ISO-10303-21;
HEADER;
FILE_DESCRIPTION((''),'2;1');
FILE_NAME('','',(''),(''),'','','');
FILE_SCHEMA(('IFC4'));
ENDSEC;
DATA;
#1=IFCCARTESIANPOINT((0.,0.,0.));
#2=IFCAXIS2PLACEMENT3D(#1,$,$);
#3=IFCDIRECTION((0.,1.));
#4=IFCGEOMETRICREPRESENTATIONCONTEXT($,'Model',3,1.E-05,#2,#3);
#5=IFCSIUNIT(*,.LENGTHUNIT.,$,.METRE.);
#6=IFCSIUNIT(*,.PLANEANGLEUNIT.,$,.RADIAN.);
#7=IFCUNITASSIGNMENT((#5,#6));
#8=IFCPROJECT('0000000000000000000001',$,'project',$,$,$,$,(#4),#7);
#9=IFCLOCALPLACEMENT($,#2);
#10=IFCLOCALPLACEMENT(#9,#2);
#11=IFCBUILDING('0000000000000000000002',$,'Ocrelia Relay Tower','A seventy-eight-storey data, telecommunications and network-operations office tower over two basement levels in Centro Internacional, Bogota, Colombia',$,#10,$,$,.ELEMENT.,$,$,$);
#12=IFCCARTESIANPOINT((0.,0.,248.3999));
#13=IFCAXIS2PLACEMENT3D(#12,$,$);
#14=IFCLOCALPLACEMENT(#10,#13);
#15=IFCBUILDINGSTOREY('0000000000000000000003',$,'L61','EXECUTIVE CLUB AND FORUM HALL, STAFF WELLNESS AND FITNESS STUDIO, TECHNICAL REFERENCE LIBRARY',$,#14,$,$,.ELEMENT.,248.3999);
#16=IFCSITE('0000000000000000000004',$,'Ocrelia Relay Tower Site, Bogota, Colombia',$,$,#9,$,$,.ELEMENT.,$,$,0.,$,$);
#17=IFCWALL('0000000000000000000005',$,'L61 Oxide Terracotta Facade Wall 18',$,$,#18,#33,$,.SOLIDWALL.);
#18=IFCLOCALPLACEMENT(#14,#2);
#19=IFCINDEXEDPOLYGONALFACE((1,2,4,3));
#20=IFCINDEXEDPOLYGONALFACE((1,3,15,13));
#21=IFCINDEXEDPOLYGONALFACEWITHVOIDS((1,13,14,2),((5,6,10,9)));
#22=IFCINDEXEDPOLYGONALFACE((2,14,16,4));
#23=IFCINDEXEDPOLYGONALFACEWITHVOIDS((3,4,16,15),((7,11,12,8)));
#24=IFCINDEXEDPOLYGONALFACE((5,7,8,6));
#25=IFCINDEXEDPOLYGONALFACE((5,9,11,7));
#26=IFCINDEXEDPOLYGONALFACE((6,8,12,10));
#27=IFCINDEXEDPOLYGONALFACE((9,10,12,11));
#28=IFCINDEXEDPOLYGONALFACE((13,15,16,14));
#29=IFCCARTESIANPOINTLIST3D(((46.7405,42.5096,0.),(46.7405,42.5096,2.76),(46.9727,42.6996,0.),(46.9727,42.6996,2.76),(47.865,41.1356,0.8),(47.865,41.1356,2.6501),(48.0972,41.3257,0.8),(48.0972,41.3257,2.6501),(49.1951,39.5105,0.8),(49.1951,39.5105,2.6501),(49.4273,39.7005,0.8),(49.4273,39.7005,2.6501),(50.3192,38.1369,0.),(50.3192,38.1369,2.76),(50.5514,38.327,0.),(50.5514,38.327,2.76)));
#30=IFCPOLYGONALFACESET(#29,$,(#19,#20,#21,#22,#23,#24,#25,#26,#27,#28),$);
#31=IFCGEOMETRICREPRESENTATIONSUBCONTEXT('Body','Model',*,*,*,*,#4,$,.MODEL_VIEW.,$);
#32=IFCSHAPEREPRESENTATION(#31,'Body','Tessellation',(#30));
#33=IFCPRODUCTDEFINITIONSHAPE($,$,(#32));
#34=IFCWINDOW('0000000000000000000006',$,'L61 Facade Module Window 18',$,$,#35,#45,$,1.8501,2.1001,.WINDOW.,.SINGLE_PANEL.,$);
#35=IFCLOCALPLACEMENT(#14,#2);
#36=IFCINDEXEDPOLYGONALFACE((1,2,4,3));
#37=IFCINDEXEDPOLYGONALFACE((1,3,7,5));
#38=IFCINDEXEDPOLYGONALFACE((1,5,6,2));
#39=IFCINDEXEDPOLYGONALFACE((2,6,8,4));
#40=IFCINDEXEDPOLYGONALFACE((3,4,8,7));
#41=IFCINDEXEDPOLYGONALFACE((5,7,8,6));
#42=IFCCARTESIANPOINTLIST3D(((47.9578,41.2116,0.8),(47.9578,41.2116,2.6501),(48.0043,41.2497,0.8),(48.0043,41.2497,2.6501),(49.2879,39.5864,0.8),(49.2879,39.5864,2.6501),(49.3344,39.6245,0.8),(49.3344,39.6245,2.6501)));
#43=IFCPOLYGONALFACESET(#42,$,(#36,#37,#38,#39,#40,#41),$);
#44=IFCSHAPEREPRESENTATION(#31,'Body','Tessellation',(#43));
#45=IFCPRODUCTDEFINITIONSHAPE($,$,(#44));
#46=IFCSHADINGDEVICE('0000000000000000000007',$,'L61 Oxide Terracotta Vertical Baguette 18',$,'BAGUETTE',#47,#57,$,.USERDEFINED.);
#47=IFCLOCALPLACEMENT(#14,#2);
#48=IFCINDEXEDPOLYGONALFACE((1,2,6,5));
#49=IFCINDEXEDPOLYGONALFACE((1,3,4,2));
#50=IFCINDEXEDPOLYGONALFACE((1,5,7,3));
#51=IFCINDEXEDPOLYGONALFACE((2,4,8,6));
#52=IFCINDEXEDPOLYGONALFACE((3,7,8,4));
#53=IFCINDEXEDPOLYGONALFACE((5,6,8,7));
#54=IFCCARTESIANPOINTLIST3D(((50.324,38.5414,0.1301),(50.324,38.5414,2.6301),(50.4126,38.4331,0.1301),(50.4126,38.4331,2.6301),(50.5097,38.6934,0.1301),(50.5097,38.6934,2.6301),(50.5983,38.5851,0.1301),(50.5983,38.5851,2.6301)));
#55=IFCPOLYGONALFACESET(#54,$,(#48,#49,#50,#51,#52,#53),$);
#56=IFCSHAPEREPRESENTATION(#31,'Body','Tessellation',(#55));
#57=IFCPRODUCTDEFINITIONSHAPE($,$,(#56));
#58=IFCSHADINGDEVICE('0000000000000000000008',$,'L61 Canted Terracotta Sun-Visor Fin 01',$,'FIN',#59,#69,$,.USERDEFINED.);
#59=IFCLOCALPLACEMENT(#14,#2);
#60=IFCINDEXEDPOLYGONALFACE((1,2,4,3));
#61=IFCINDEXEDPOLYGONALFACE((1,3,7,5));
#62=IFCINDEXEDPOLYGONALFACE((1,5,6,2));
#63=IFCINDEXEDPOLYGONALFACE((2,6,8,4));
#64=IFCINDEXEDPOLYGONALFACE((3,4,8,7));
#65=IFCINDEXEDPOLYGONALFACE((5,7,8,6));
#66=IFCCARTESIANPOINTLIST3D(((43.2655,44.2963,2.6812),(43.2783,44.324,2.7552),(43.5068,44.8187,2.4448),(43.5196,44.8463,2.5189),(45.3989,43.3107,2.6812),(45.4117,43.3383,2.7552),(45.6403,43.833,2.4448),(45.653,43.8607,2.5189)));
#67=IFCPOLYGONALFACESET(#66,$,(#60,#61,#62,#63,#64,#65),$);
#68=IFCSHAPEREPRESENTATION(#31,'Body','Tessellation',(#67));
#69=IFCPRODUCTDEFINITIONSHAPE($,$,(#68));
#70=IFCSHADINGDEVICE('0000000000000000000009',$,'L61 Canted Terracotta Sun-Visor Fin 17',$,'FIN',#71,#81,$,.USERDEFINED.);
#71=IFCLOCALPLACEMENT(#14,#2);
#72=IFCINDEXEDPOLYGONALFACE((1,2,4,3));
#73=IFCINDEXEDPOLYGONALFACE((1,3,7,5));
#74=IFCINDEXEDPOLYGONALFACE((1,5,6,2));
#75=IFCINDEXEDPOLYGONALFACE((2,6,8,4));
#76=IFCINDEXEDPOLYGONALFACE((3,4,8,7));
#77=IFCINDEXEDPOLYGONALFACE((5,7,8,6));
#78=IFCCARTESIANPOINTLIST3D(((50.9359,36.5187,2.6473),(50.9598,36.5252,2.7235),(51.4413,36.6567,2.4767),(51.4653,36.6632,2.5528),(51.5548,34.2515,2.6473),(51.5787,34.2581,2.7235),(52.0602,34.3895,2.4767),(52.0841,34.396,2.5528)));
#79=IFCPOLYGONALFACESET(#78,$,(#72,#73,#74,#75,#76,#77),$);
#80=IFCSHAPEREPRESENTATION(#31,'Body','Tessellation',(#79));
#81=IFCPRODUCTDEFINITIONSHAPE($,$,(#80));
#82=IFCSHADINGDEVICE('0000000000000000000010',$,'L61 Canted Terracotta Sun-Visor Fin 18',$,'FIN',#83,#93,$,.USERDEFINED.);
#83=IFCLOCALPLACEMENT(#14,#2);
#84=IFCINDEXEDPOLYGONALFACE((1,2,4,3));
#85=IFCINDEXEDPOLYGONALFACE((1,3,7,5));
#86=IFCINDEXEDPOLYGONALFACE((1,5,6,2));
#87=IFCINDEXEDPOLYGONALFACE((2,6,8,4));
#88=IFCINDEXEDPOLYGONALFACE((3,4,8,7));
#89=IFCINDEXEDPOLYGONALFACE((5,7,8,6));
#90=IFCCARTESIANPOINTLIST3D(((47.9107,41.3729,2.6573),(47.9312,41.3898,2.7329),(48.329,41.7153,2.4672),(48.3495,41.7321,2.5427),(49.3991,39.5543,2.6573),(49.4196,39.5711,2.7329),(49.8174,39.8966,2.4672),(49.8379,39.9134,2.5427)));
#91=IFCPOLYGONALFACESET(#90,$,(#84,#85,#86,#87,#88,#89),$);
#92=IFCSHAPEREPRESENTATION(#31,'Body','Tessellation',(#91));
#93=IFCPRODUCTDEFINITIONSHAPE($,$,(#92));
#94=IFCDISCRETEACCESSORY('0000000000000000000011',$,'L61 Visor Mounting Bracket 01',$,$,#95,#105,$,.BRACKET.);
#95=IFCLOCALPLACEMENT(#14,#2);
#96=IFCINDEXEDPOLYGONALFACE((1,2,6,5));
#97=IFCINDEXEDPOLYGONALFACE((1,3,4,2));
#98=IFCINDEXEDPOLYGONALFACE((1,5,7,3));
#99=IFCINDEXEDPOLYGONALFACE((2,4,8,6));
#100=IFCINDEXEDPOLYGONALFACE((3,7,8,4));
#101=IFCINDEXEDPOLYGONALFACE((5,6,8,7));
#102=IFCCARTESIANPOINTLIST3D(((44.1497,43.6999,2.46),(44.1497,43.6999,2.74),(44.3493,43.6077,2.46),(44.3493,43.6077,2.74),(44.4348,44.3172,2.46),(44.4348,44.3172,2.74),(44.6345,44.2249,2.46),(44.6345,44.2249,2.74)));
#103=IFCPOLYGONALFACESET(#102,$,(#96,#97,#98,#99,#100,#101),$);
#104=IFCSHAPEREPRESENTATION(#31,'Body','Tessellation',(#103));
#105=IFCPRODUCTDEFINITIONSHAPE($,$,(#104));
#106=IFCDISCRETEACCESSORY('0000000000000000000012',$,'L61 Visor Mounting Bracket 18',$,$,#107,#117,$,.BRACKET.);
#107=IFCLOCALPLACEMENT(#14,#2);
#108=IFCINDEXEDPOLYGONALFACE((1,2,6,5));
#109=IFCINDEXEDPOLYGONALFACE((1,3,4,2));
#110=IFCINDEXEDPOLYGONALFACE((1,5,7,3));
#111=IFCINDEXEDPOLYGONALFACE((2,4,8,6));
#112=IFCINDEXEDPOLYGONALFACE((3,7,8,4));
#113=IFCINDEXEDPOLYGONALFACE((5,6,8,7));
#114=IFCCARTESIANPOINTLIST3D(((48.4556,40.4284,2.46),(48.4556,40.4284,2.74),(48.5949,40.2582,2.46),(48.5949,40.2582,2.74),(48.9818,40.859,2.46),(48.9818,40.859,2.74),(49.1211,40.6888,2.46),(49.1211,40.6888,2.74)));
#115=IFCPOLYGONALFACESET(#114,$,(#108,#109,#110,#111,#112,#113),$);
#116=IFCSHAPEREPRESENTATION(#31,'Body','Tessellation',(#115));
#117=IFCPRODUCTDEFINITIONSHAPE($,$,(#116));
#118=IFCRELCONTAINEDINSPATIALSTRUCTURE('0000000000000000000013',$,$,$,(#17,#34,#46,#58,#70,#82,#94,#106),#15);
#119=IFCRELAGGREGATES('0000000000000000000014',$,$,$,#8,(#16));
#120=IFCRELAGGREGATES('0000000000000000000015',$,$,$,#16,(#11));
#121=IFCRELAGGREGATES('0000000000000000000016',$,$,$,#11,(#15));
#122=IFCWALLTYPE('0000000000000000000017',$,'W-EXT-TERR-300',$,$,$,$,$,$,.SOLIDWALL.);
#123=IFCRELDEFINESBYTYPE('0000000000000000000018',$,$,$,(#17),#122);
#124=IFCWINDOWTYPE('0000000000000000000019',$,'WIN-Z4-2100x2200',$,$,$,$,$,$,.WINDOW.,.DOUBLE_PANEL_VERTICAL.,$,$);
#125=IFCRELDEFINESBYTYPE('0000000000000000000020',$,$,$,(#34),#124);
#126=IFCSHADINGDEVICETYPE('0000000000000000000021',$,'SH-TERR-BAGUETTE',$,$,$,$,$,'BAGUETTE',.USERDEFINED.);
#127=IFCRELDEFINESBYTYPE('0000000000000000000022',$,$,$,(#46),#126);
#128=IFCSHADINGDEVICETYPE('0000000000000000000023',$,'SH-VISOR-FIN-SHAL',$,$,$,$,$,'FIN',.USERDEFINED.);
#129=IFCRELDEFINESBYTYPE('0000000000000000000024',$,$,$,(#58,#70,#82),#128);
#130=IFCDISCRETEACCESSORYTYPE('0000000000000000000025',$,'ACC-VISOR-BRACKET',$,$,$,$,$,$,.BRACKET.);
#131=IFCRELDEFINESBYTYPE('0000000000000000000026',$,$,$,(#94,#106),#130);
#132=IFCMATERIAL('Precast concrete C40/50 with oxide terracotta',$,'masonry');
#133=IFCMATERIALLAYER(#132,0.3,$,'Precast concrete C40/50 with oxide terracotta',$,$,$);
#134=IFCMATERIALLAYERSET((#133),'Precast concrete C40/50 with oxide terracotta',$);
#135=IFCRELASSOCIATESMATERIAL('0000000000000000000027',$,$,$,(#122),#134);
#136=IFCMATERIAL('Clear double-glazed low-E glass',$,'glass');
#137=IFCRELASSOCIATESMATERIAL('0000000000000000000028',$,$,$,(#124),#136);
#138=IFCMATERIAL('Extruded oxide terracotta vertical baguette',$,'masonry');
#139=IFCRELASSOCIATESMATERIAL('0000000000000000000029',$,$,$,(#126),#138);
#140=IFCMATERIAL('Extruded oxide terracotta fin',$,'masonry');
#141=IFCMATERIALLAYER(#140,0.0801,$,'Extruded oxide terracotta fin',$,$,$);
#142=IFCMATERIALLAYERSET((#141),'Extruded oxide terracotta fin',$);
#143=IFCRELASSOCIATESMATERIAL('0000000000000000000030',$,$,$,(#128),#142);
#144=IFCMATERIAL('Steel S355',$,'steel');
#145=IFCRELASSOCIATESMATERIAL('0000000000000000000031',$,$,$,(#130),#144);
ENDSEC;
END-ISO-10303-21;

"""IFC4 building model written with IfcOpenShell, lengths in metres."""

from ifc_helpers import new_model, si_unit, direction, frame, frame_2d, origin, origin_2d, place, context, subcontext, project, spatial, rectangle, extrude, material, layer, layer_set, type_object, element, fill, save


model = new_model("IFC4")

# Units and contexts
model_context = context("Model", 3, precision=1e-05, world=origin(), true_north=direction((0.0, 1.0)))
body_context = subcontext(model_context, "Body", "Model", "MODEL_VIEW")
ifc_project = project(units=[si_unit("LENGTHUNIT", "METRE"), si_unit("PLANEANGLEUNIT", "RADIAN")], contexts=[model_context])

# Site, building, storey
site_placement = place(None, origin())
site = spatial("IfcSite", under=ifc_project, at=site_placement, Name="Ocrelia Relay Tower Site, Bogota, Colombia", CompositionType="ELEMENT", RefElevation=0.0)
building_placement = place(site_placement, origin())
building = spatial("IfcBuilding", under=site, at=building_placement, Name="Ocrelia Relay Tower", Description="A seventy-eight-storey data, telecommunications and network-operations office tower over two basement levels in Centro Internacional, Bogota, Colombia", CompositionType="ELEMENT")
storey_placement = place(building_placement, frame((0.0, 0.0, 248.3999)))
storey = spatial("IfcBuildingStorey", under=building, at=storey_placement, Name="L61", Description="EXECUTIVE CLUB AND FORUM HALL, STAFF WELLNESS AND FITNESS STUDIO, TECHNICAL REFERENCE LIBRARY", CompositionType="ELEMENT", Elevation=248.3999)

# Shared definitions
ifc_material_1 = material(Name="Clear double-glazed low-E glass", Category="glass")

# Wall, opening, window
ifc_material_2 = material(Name="Precast concrete C40/50 with oxide terracotta", Category="masonry")
ifc_layer_1 = layer(ifc_material_2, 0.3, Name="Precast concrete C40/50 with oxide terracotta")
ifc_layer_set_1 = layer_set([ifc_layer_1], Name="Precast concrete C40/50 with oxide terracotta")
wall_type = type_object("IfcWallType", Name="W-EXT-TERR-300", PredefinedType="SOLIDWALL", material=ifc_layer_set_1)
wall_placement = place(storey_placement, frame((50.4353, 38.2319, 0.0), z_axis=(0.0, 0.0, 1.0), x_axis=(-0.633351, 0.773865, 0.0)))
wall = element("IfcWall", 1, at=wall_placement, inside=storey, type_object=wall_type, Name="L61 Oxide Terracotta Facade Wall 18", PredefinedType="SOLIDWALL", context=body_context, shape_type="SweptSolid", body=[
    extrude(rectangle(XDim=5.6504, YDim=0.3, at=frame_2d((2.8252, 0.0))), origin(), (0.0, 0.0, 1.0), 2.76),
])
opening_placement = place(wall_placement, frame((1.7749, 0.0, 0.8)))
opening = element("IfcOpeningElement", 2, at=opening_placement, cuts=wall, PredefinedType="OPENING", context=body_context, shape_type="SweptSolid", body=[
    extrude(rectangle(XDim=2.1001, YDim=1.8501, at=frame_2d((1.05, 0.925))), frame((0.0, 0.1602, 0.0), z_axis=(0.0, -1.0, 0.0), x_axis=(1.0, 0.0, 0.0)), (0.0, 0.0, 1.0), 0.3201),
])
window_type = type_object("IfcWindowType", Name="WIN-Z4-2100x2200", PartitioningType="DOUBLE_PANEL_VERTICAL", PredefinedType="WINDOW", material=ifc_material_1)
window_placement = place(opening_placement, origin())
window = element("IfcWindow", 3, at=window_placement, inside=storey, type_object=window_type, Name="L61 Facade Module Window 18", OverallHeight=1.8501, OverallWidth=2.1001, PartitioningType="SINGLE_PANEL", PredefinedType="WINDOW", context=body_context, shape_type="SweptSolid", body=[
    extrude(rectangle(XDim=2.1001, YDim=1.8501, at=frame_2d((1.05, 0.925))), frame((0.0, 0.03, 0.0), z_axis=(0.0, -1.0, 0.0), x_axis=(1.0, 0.0, 0.0)), (0.0, 0.0, 1.0), 0.0601),
])
fill(opening, window)

# Shading devices
ifc_material_3 = material(Name="Extruded oxide terracotta vertical baguette", Category="masonry")
shading_device_type_1 = type_object("IfcShadingDeviceType", Name="SH-TERR-BAGUETTE", ElementType="BAGUETTE", PredefinedType="USERDEFINED", material=ifc_material_3)
shading_device_1_placement = place(storey_placement, frame((50.4612, 38.5632, 0.1301), z_axis=(0.0, 0.0, 1.0), x_axis=(-0.633346, 0.773869, 0.0)))
element("IfcShadingDevice", 4, at=shading_device_1_placement, inside=storey, type_object=shading_device_type_1, Name="L61 Oxide Terracotta Vertical Baguette 18", ObjectType="BAGUETTE", PredefinedType="USERDEFINED", context=body_context, shape_type="SweptSolid", body=[
    extrude(rectangle(XDim=0.1399, YDim=0.24, at=origin_2d()), origin(), (0.0, 0.0, 1.0), 2.5),
])
ifc_material_4 = material(Name="Extruded oxide terracotta fin", Category="masonry")
ifc_layer_2 = layer(ifc_material_4, 0.0801, Name="Extruded oxide terracotta fin")
ifc_layer_set_2 = layer_set([ifc_layer_2], Name="Extruded oxide terracotta fin")
shading_device_type_2 = type_object("IfcShadingDeviceType", Name="SH-VISOR-FIN-SHAL", ElementType="FIN", PredefinedType="USERDEFINED", material=ifc_layer_set_2)
shading_device_2_placement = place(storey_placement, frame((44.4529, 44.0647, 2.563), z_axis=(0.159352, 0.344908, 0.925011), x_axis=(-0.907796, 0.419413, 0.0)))
element("IfcShadingDevice", 5, at=shading_device_2_placement, inside=storey, type_object=shading_device_type_2, Name="L61 Canted Terracotta Sun-Visor Fin 01", ObjectType="FIN", PredefinedType="USERDEFINED", context=body_context, shape_type="SweptSolid", body=[
    extrude(rectangle(XDim=2.3501, YDim=0.6221, at=origin_2d()), origin(), (0.0, 0.0, 1.0), 0.0801),
])
shading_device_3_placement = place(storey_placement, frame((51.498, 35.4541, 2.562), z_axis=(0.298751, 0.08155, 0.950841), x_axis=(-0.263335, 0.964704, 0.0)))
element("IfcShadingDevice", 6, at=shading_device_3_placement, inside=storey, type_object=shading_device_type_2, Name="L61 Canted Terracotta Sun-Visor Fin 17", ObjectType="FIN", PredefinedType="USERDEFINED", context=body_context, shape_type="SweptSolid", body=[
    extrude(rectangle(XDim=2.3501, YDim=0.551, at=origin_2d()), origin(), (0.0, 0.0, 1.0), 0.0801),
])
shading_device_4_placement = place(storey_placement, frame((48.864, 40.6348, 2.5623), z_axis=(0.256794, 0.210164, 0.943339), x_axis=(-0.633346, 0.773869, 0.0)))
element("IfcShadingDevice", 7, at=shading_device_4_placement, inside=storey, type_object=shading_device_type_2, Name="L61 Canted Terracotta Sun-Visor Fin 18", ObjectType="FIN", PredefinedType="USERDEFINED", context=body_context, shape_type="SweptSolid", body=[
    extrude(rectangle(XDim=2.3501, YDim=0.573, at=origin_2d()), origin(), (0.0, 0.0, 1.0), 0.0801),
])

# Discrete accessories
ifc_material_5 = material(Name="Steel S355", Category="steel")
discrete_accessory_type = type_object("IfcDiscreteAccessoryType", Name="ACC-VISOR-BRACKET", PredefinedType="BRACKET", material=ifc_material_5)
for number, where, z_axis, x_axis, name in (
    (8, (44.3921, 43.9624, 2.46), (0.0, 0.0, 1.0), (-0.907796, 0.419413, 0.0), "L61 Visor Mounting Bracket 01"),
    (9, (48.7883, 40.5586, 2.46), (0.0, 0.0, 1.0), (-0.633346, 0.773869, 0.0), "L61 Visor Mounting Bracket 18"),
):
    element("IfcDiscreteAccessory", number, at=place(storey_placement, frame(where, z_axis=z_axis, x_axis=x_axis)), inside=storey, type_object=discrete_accessory_type, Name=name, PredefinedType="BRACKET", context=body_context, shape_type="SweptSolid", body=[
        extrude(rectangle(XDim=0.22, YDim=0.6799, at=origin_2d()), origin(), (0.0, 0.0, 1.0), 0.28),
    ])

save(model, "model.ifc")
